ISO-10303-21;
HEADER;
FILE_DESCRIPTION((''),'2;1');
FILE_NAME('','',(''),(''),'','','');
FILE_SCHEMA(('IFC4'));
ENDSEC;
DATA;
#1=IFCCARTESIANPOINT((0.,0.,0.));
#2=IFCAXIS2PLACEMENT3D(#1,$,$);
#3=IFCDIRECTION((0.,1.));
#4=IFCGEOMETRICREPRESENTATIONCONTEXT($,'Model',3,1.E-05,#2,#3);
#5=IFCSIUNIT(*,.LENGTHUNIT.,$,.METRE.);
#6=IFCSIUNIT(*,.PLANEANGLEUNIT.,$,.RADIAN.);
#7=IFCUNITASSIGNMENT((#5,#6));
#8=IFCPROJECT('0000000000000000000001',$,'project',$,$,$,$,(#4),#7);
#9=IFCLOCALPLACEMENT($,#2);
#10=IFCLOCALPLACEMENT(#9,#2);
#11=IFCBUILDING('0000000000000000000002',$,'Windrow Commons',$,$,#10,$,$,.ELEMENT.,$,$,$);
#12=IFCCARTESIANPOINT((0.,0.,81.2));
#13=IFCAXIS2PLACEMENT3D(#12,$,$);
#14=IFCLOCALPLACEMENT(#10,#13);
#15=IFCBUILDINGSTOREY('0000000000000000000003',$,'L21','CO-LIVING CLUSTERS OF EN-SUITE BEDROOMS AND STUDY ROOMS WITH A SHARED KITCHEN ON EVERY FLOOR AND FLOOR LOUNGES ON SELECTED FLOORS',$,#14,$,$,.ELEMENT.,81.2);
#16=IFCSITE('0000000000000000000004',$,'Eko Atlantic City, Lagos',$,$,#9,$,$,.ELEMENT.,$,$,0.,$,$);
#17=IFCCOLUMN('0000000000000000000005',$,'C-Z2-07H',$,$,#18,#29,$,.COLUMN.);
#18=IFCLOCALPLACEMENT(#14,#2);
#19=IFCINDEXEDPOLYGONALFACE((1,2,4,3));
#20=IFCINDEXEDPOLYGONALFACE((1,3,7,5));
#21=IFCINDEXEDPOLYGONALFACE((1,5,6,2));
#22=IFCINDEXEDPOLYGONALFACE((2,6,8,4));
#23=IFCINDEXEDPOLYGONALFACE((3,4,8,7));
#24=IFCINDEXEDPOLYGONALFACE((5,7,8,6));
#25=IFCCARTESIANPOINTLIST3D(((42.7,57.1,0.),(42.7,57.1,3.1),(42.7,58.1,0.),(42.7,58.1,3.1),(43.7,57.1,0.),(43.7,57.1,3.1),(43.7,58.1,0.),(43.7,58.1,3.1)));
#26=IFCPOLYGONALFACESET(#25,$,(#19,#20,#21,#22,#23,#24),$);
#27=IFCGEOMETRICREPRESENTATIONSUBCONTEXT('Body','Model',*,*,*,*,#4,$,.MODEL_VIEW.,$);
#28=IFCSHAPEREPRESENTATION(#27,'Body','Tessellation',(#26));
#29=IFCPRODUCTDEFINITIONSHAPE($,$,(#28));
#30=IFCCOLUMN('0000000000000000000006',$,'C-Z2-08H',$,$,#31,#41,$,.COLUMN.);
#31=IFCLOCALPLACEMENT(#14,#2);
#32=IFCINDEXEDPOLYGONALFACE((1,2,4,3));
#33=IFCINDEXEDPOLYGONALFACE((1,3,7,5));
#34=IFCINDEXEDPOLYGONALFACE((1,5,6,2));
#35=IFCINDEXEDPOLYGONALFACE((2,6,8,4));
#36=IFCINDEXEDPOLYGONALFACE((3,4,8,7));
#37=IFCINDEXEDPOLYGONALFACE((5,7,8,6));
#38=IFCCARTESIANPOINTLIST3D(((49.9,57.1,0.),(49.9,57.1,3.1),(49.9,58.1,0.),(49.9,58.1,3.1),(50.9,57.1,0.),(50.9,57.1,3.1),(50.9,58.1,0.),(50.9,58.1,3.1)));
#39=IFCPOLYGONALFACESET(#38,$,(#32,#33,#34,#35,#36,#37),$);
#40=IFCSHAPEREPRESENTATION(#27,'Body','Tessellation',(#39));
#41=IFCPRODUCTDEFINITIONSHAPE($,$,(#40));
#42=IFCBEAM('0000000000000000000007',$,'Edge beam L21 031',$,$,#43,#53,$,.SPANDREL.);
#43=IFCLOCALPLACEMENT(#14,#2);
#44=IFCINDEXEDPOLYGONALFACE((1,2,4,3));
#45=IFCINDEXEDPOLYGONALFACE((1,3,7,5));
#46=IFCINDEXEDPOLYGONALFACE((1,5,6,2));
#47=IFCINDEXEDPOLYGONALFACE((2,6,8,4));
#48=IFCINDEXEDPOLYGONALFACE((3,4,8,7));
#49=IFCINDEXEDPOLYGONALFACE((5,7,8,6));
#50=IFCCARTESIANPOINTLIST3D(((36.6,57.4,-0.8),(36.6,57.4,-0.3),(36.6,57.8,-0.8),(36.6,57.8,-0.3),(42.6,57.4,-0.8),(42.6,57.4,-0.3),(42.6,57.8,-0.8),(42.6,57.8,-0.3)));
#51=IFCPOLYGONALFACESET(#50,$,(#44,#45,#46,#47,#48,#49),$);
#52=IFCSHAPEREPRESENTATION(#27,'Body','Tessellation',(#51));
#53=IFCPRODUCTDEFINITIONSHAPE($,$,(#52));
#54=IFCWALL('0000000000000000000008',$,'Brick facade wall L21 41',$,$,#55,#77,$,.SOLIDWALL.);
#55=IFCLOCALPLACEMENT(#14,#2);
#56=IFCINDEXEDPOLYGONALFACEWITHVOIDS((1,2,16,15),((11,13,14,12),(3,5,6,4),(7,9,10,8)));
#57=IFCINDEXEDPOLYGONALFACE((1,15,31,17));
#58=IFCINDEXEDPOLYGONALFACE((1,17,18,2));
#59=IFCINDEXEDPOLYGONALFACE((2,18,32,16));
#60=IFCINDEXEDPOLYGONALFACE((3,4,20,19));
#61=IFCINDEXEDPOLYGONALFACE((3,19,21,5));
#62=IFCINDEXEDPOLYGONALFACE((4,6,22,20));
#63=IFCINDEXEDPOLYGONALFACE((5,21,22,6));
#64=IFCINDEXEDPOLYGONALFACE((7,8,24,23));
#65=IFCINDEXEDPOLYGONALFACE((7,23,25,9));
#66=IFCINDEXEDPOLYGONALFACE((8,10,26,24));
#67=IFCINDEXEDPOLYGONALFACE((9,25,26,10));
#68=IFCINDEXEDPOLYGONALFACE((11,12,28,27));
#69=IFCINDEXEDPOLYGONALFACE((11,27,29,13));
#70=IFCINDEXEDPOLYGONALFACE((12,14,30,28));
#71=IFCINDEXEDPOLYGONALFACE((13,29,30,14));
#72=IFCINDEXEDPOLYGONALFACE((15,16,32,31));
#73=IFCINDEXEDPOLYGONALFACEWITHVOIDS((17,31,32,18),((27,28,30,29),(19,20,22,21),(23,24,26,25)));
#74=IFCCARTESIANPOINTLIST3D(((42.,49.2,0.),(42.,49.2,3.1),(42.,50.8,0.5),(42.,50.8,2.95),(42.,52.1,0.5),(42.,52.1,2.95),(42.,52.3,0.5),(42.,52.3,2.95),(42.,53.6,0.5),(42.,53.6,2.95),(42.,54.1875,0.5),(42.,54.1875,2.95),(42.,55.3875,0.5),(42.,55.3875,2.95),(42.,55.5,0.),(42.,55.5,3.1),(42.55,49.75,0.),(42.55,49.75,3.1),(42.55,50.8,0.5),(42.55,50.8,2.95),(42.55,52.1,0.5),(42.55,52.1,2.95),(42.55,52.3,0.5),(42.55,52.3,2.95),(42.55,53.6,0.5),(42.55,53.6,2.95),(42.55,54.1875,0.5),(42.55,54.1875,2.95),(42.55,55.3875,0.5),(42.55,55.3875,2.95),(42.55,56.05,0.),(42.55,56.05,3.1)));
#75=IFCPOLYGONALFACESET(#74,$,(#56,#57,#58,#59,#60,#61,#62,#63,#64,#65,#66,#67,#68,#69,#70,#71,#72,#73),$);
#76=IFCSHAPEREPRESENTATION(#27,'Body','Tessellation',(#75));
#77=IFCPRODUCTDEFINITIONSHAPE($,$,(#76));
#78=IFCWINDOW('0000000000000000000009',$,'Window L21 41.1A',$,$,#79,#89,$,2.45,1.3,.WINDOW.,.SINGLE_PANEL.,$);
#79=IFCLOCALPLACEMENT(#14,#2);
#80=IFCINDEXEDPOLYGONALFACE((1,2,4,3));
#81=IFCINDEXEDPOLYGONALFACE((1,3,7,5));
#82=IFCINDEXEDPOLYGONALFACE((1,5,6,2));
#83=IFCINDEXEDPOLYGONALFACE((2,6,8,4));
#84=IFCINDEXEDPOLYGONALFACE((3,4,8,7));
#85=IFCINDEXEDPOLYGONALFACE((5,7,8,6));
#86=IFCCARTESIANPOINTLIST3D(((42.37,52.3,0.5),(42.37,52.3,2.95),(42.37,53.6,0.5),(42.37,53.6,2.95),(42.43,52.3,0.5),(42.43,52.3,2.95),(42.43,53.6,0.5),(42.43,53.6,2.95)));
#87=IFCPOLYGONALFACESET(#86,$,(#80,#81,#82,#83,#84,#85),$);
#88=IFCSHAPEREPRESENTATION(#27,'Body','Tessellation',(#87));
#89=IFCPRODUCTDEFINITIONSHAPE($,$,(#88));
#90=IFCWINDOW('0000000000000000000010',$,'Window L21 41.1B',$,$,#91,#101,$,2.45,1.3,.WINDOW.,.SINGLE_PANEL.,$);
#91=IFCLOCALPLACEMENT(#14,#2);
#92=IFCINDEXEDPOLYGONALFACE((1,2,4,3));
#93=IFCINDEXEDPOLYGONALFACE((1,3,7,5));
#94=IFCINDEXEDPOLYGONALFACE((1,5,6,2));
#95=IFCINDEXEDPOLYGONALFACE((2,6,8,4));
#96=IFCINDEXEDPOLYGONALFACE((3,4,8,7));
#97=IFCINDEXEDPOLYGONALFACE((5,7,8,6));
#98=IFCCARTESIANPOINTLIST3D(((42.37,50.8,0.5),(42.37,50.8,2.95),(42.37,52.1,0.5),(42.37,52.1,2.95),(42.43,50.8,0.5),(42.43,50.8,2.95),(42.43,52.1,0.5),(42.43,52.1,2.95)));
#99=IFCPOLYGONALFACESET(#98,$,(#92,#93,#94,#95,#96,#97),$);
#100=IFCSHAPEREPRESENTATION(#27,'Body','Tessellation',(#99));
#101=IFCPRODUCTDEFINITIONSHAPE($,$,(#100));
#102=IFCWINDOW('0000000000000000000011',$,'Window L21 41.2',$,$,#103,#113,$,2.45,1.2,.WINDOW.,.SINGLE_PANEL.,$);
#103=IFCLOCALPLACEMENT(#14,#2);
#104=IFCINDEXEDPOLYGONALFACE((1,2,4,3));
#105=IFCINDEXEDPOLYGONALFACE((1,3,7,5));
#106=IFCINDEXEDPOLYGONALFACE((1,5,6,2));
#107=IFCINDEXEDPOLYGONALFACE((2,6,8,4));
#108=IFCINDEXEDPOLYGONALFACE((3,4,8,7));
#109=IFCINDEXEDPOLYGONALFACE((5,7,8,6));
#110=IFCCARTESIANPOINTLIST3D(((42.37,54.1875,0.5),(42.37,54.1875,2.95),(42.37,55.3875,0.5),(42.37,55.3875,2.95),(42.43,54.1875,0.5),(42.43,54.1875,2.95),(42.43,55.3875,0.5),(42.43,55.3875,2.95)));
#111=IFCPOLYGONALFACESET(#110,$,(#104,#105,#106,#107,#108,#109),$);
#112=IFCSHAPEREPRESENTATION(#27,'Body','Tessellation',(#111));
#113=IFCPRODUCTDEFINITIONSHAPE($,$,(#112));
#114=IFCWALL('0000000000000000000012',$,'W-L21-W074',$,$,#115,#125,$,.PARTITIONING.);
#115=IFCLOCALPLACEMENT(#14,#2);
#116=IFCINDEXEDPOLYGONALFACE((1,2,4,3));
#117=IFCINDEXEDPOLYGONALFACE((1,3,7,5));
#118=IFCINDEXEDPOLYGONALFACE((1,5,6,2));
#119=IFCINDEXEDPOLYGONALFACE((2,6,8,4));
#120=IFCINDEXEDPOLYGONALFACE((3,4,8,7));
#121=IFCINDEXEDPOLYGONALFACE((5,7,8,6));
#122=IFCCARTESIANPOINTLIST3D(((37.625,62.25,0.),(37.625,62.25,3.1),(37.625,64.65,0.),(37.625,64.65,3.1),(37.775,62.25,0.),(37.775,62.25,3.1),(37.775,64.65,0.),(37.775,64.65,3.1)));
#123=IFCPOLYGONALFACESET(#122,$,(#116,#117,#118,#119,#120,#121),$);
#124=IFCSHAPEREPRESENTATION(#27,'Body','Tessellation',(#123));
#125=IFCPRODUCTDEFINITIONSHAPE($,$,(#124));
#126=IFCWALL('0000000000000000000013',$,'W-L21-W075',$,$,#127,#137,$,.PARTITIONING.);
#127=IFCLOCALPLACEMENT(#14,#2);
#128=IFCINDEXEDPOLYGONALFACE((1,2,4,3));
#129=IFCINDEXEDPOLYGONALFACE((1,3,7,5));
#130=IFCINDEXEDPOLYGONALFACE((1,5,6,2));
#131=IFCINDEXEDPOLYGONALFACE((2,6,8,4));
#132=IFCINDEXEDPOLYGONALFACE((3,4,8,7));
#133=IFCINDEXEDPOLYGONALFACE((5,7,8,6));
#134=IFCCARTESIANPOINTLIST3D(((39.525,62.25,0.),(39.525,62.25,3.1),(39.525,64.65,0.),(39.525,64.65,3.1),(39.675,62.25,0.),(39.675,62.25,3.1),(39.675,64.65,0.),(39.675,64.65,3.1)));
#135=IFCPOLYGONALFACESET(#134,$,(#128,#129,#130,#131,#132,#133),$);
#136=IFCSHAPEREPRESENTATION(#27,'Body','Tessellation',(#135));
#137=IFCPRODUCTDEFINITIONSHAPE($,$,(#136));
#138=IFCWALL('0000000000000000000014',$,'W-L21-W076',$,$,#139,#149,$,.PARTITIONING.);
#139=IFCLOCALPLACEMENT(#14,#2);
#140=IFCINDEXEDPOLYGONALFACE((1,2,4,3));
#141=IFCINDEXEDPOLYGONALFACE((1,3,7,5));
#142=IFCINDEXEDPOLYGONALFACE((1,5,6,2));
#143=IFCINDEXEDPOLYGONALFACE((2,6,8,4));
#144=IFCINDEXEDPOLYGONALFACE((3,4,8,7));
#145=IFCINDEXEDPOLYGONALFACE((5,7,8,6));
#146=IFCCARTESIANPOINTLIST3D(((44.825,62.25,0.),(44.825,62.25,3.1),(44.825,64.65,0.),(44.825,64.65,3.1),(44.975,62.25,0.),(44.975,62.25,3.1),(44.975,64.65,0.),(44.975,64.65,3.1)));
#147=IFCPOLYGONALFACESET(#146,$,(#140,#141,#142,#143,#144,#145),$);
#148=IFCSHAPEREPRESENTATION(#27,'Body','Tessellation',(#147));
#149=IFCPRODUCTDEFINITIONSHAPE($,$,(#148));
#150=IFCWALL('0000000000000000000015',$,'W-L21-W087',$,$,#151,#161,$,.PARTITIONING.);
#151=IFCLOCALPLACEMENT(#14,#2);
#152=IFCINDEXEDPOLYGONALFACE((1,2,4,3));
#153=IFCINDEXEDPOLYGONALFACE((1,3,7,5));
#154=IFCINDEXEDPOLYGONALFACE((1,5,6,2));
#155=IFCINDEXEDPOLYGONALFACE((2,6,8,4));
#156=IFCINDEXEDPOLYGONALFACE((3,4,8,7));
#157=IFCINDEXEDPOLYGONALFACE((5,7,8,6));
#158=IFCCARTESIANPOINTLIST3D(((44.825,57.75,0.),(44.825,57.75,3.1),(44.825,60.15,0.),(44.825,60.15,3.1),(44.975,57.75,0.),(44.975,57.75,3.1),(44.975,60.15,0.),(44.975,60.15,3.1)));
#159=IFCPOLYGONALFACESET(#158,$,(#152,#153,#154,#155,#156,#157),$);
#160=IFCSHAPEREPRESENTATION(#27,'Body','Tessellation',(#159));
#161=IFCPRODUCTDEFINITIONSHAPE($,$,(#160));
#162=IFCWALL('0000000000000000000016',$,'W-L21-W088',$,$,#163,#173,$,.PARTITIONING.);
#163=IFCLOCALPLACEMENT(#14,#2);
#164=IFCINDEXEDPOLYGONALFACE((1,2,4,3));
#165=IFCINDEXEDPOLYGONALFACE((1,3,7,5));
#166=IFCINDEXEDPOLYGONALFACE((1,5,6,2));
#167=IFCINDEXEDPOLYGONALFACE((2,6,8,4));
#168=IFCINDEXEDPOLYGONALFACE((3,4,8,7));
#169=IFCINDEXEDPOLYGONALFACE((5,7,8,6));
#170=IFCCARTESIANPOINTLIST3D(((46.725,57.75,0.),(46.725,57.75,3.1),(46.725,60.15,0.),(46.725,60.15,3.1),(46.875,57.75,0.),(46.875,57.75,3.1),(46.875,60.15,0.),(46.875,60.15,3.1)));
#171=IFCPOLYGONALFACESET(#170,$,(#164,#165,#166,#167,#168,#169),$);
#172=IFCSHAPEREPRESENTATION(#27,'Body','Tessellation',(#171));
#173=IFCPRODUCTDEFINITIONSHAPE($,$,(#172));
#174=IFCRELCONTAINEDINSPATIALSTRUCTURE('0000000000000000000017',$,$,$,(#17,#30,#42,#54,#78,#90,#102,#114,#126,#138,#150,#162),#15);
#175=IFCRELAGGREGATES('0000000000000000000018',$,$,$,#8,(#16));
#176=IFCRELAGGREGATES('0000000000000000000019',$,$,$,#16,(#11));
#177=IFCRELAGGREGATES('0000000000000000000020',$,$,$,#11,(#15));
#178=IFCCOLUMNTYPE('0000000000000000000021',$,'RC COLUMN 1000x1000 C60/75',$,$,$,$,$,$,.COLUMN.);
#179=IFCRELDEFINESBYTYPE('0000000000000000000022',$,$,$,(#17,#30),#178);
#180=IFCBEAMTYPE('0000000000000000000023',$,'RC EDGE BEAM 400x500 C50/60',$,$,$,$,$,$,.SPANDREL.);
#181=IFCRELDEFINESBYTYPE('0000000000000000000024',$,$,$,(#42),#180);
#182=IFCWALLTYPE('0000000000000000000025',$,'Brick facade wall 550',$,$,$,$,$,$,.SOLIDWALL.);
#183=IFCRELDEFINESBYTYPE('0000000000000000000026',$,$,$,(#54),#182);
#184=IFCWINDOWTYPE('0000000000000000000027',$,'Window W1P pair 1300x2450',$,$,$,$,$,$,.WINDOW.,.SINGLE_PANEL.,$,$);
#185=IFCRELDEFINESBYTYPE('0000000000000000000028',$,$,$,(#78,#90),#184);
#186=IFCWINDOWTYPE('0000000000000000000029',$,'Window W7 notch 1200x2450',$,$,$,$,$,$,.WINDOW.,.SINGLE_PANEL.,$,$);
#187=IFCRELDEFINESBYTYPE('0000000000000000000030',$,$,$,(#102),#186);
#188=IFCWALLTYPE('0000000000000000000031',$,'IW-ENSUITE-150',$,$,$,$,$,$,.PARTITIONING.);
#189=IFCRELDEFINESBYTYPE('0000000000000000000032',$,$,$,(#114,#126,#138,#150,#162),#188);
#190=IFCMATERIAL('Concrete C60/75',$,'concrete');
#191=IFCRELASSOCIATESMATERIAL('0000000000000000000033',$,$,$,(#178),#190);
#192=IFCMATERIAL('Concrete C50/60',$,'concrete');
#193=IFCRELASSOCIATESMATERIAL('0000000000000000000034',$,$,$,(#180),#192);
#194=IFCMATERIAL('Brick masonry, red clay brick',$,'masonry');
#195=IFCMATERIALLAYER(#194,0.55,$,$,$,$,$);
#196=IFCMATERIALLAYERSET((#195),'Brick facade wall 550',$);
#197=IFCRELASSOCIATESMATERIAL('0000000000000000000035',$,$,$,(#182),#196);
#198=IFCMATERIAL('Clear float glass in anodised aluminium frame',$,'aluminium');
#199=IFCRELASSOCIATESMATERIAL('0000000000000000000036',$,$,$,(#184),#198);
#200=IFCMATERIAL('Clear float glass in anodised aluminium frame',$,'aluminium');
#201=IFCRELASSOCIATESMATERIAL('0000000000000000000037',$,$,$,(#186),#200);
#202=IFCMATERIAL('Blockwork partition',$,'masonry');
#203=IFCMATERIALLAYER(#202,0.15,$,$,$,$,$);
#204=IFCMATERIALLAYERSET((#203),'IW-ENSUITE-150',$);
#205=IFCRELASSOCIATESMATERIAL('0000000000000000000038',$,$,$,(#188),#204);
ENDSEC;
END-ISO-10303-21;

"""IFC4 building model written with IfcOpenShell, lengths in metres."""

from ifc_helpers import new_model, si_unit, direction, frame, frame_2d, origin, origin_2d, place, context, subcontext, project, spatial, polyline, rectangle, outline, extrude, material, layer, layer_set, material_profile, profile_set, type_object, element, fill, save


model = new_model("IFC4")

# Units and contexts
model_context = context("Model", 3, precision=1e-05, world=origin(), true_north=direction((0.0, 1.0)))
body_context = subcontext(model_context, "Body", "Model", "MODEL_VIEW")
ifc_project = project(units=[si_unit("LENGTHUNIT", "METRE"), si_unit("PLANEANGLEUNIT", "RADIAN")], contexts=[model_context])

# Site, building, storey
site_placement = place(None, origin())
site = spatial("IfcSite", under=ifc_project, at=site_placement, Name="Eko Atlantic City, Lagos", CompositionType="ELEMENT", RefElevation=0.0)
building_placement = place(site_placement, origin())
building = spatial("IfcBuilding", under=site, at=building_placement, Name="Windrow Commons", CompositionType="ELEMENT")
storey_placement = place(building_placement, frame((0.0, 0.0, 81.2)))
storey = spatial("IfcBuildingStorey", under=building, at=storey_placement, Name="L21", Description="CO-LIVING CLUSTERS OF EN-SUITE BEDROOMS AND STUDY ROOMS WITH A SHARED KITCHEN ON EVERY FLOOR AND FLOOR LOUNGES ON SELECTED FLOORS", CompositionType="ELEMENT", Elevation=81.2)

# Columns
ifc_material_1 = material(Name="Concrete C60/75", Category="concrete")
ifc_material_profile_1 = material_profile(ifc_material_1, rectangle(XDim=1.0, YDim=1.0, at=origin_2d()))
ifc_profile_set_1 = profile_set([ifc_material_profile_1], Name="Concrete C60/75")
column_type = type_object("IfcColumnType", Name="RC COLUMN 1000x1000 C60/75", PredefinedType="COLUMN", material=ifc_profile_set_1)
for number, where, z_axis, x_axis, name in (
    (1, (43.2, 57.6, 0.0), (0.0, 0.0, 1.0), (1.0, 0.0, 0.0), "C-Z2-07H"),
    (2, (50.4, 57.6, 0.0), (0.0, 0.0, 1.0), (1.0, 0.0, 0.0), "C-Z2-08H"),
):
    element("IfcColumn", number, at=place(storey_placement, frame(where, z_axis=z_axis, x_axis=x_axis)), inside=storey, type_object=column_type, Name=name, PredefinedType="COLUMN", context=body_context, shape_type="SweptSolid", body=[
        extrude(rectangle(XDim=1.0, YDim=1.0, at=origin_2d()), origin(), (0.0, 0.0, 1.0), 3.1),
    ])

# Beam
ifc_material_2 = material(Name="Concrete C50/60", Category="concrete")
ifc_material_profile_2 = material_profile(ifc_material_2, rectangle(XDim=0.4, YDim=0.5, at=origin_2d()))
ifc_profile_set_2 = profile_set([ifc_material_profile_2], Name="Concrete C50/60")
beam_type = type_object("IfcBeamType", Name="RC EDGE BEAM 400x500 C50/60", PredefinedType="SPANDREL", material=ifc_profile_set_2)
beam_placement = place(storey_placement, frame((42.6, 57.6, -0.55), z_axis=(-1.0, 0.0, 0.0), x_axis=(0.0, -1.0, 0.0)))
element("IfcBeam", 3, at=beam_placement, inside=storey, type_object=beam_type, Name="Edge beam L21 031", PredefinedType="SPANDREL", context=body_context, shape_type="SweptSolid", body=[
    extrude(rectangle(XDim=0.4, YDim=0.5, at=origin_2d()), origin(), (0.0, 0.0, 1.0), 6.0),
])

# Wall, openings, windows
ifc_material_3 = material(Name="Brick masonry, red clay brick", Category="masonry")
ifc_layer_1 = layer(ifc_material_3, 0.55)
ifc_layer_set_1 = layer_set([ifc_layer_1], Name="Brick facade wall 550")
wall_type_1 = type_object("IfcWallType", Name="Brick facade wall 550", PredefinedType="SOLIDWALL", material=ifc_layer_set_1)
wall_1_placement = place(storey_placement, frame((42.275, 55.775, 0.0), z_axis=(0.0, 0.0, 1.0), x_axis=(0.0, -1.0, 0.0)))
wall_1 = element("IfcWall", 4, at=wall_1_placement, inside=storey, type_object=wall_type_1, Name="Brick facade wall L21 41", PredefinedType="SOLIDWALL", context=body_context, shape_type="SweptSolid", body=[
    extrude(outline(polyline([(0.275, -0.275), (6.575, -0.275), (6.025, 0.275), (-0.275, 0.275), (0.275, -0.275)])), origin(), (0.0, 0.0, 1.0), 3.1),
])
opening_1_placement = place(wall_1_placement, frame((2.175, 0.0, 0.5)))
opening_1 = element("IfcOpeningElement", 5, at=opening_1_placement, cuts=wall_1, PredefinedType="OPENING", context=body_context, shape_type="SweptSolid", body=[
    extrude(rectangle(XDim=1.3, YDim=2.45, at=frame_2d((0.65, 1.225))), frame((0.0, 0.285, 0.0), z_axis=(0.0, -1.0, 0.0), x_axis=(1.0, 0.0, 0.0)), (0.0, 0.0, 1.0), 0.57),
])
opening_2_placement = place(wall_1_placement, frame((3.675, 0.0, 0.5)))
opening_2 = element("IfcOpeningElement", 6, at=opening_2_placement, cuts=wall_1, PredefinedType="OPENING", context=body_context, shape_type="SweptSolid", body=[
    extrude(rectangle(XDim=1.3, YDim=2.45, at=frame_2d((0.65, 1.225))), frame((0.0, 0.285, 0.0), z_axis=(0.0, -1.0, 0.0), x_axis=(1.0, 0.0, 0.0)), (0.0, 0.0, 1.0), 0.57),
])
opening_3_placement = place(wall_1_placement, frame((0.3875, 0.0, 0.5)))
opening_3 = element("IfcOpeningElement", 7, at=opening_3_placement, cuts=wall_1, PredefinedType="OPENING", context=body_context, shape_type="SweptSolid", body=[
    extrude(rectangle(XDim=1.2, YDim=2.45, at=frame_2d((0.6, 1.225))), frame((0.0, 0.285, 0.0), z_axis=(0.0, -1.0, 0.0), x_axis=(1.0, 0.0, 0.0)), (0.0, 0.0, 1.0), 0.57),
])
ifc_material_4 = material(Name="Clear float glass in anodised aluminium frame", Category="aluminium")
window_type_1 = type_object("IfcWindowType", Name="Window W1P pair 1300x2450", PartitioningType="SINGLE_PANEL", PredefinedType="WINDOW", material=ifc_material_4)
window_1_placement = place(opening_1_placement, origin())
window_1 = element("IfcWindow", 8, at=window_1_placement, inside=storey, type_object=window_type_1, Name="Window L21 41.1A", OverallHeight=2.45, OverallWidth=1.3, PartitioningType="SINGLE_PANEL", PredefinedType="WINDOW", context=body_context, shape_type="SweptSolid", body=[
    extrude(rectangle(XDim=1.3, YDim=2.45, at=frame_2d((0.65, 1.225))), frame((0.0, 0.155, 0.0), z_axis=(0.0, -1.0, 0.0), x_axis=(1.0, 0.0, 0.0)), (0.0, 0.0, 1.0), 0.06),
])
fill(opening_1, window_1)
window_2_placement = place(opening_2_placement, origin())
window_2 = element("IfcWindow", 9, at=window_2_placement, inside=storey, type_object=window_type_1, Name="Window L21 41.1B", OverallHeight=2.45, OverallWidth=1.3, PartitioningType="SINGLE_PANEL", PredefinedType="WINDOW", context=body_context, shape_type="SweptSolid", body=[
    extrude(rectangle(XDim=1.3, YDim=2.45, at=frame_2d((0.65, 1.225))), frame((0.0, 0.155, 0.0), z_axis=(0.0, -1.0, 0.0), x_axis=(1.0, 0.0, 0.0)), (0.0, 0.0, 1.0), 0.06),
])
fill(opening_2, window_2)
ifc_material_5 = material(Name="Clear float glass in anodised aluminium frame", Category="aluminium")
window_type_2 = type_object("IfcWindowType", Name="Window W7 notch 1200x2450", PartitioningType="SINGLE_PANEL", PredefinedType="WINDOW", material=ifc_material_5)
window_3_placement = place(opening_3_placement, origin())
window_3 = element("IfcWindow", 10, at=window_3_placement, inside=storey, type_object=window_type_2, Name="Window L21 41.2", OverallHeight=2.45, OverallWidth=1.2, PartitioningType="SINGLE_PANEL", PredefinedType="WINDOW", context=body_context, shape_type="SweptSolid", body=[
    extrude(rectangle(XDim=1.2, YDim=2.45, at=frame_2d((0.6, 1.225))), frame((0.0, 0.155, 0.0), z_axis=(0.0, -1.0, 0.0), x_axis=(1.0, 0.0, 0.0)), (0.0, 0.0, 1.0), 0.06),
])
fill(opening_3, window_3)

# Walls
ifc_material_6 = material(Name="Blockwork partition", Category="masonry")
ifc_layer_2 = layer(ifc_material_6, 0.15)
ifc_layer_set_2 = layer_set([ifc_layer_2], Name="IW-ENSUITE-150")
wall_type_2 = type_object("IfcWallType", Name="IW-ENSUITE-150", PredefinedType="PARTITIONING", material=ifc_layer_set_2)
for number, where, z_axis, x_axis, name in (
    (11, (37.7, 62.25, 0.0), (0.0, 0.0, 1.0), (0.0, 1.0, 0.0), "W-L21-W074"),
    (12, (39.6, 62.25, 0.0), (0.0, 0.0, 1.0), (0.0, 1.0, 0.0), "W-L21-W075"),
    (13, (44.9, 62.25, 0.0), (0.0, 0.0, 1.0), (0.0, 1.0, 0.0), "W-L21-W076"),
    (14, (44.9, 57.75, 0.0), (0.0, 0.0, 1.0), (0.0, 1.0, 0.0), "W-L21-W087"),
    (15, (46.8, 57.75, 0.0), (0.0, 0.0, 1.0), (0.0, 1.0, 0.0), "W-L21-W088"),
):
    element("IfcWall", number, at=place(storey_placement, frame(where, z_axis=z_axis, x_axis=x_axis)), inside=storey, type_object=wall_type_2, Name=name, PredefinedType="PARTITIONING", context=body_context, shape_type="SweptSolid", body=[
        extrude(rectangle(XDim=2.4, YDim=0.15, at=frame_2d((1.2, 0.0))), origin(), (0.0, 0.0, 1.0), 3.1),
    ])

save(model, "model.ifc")
